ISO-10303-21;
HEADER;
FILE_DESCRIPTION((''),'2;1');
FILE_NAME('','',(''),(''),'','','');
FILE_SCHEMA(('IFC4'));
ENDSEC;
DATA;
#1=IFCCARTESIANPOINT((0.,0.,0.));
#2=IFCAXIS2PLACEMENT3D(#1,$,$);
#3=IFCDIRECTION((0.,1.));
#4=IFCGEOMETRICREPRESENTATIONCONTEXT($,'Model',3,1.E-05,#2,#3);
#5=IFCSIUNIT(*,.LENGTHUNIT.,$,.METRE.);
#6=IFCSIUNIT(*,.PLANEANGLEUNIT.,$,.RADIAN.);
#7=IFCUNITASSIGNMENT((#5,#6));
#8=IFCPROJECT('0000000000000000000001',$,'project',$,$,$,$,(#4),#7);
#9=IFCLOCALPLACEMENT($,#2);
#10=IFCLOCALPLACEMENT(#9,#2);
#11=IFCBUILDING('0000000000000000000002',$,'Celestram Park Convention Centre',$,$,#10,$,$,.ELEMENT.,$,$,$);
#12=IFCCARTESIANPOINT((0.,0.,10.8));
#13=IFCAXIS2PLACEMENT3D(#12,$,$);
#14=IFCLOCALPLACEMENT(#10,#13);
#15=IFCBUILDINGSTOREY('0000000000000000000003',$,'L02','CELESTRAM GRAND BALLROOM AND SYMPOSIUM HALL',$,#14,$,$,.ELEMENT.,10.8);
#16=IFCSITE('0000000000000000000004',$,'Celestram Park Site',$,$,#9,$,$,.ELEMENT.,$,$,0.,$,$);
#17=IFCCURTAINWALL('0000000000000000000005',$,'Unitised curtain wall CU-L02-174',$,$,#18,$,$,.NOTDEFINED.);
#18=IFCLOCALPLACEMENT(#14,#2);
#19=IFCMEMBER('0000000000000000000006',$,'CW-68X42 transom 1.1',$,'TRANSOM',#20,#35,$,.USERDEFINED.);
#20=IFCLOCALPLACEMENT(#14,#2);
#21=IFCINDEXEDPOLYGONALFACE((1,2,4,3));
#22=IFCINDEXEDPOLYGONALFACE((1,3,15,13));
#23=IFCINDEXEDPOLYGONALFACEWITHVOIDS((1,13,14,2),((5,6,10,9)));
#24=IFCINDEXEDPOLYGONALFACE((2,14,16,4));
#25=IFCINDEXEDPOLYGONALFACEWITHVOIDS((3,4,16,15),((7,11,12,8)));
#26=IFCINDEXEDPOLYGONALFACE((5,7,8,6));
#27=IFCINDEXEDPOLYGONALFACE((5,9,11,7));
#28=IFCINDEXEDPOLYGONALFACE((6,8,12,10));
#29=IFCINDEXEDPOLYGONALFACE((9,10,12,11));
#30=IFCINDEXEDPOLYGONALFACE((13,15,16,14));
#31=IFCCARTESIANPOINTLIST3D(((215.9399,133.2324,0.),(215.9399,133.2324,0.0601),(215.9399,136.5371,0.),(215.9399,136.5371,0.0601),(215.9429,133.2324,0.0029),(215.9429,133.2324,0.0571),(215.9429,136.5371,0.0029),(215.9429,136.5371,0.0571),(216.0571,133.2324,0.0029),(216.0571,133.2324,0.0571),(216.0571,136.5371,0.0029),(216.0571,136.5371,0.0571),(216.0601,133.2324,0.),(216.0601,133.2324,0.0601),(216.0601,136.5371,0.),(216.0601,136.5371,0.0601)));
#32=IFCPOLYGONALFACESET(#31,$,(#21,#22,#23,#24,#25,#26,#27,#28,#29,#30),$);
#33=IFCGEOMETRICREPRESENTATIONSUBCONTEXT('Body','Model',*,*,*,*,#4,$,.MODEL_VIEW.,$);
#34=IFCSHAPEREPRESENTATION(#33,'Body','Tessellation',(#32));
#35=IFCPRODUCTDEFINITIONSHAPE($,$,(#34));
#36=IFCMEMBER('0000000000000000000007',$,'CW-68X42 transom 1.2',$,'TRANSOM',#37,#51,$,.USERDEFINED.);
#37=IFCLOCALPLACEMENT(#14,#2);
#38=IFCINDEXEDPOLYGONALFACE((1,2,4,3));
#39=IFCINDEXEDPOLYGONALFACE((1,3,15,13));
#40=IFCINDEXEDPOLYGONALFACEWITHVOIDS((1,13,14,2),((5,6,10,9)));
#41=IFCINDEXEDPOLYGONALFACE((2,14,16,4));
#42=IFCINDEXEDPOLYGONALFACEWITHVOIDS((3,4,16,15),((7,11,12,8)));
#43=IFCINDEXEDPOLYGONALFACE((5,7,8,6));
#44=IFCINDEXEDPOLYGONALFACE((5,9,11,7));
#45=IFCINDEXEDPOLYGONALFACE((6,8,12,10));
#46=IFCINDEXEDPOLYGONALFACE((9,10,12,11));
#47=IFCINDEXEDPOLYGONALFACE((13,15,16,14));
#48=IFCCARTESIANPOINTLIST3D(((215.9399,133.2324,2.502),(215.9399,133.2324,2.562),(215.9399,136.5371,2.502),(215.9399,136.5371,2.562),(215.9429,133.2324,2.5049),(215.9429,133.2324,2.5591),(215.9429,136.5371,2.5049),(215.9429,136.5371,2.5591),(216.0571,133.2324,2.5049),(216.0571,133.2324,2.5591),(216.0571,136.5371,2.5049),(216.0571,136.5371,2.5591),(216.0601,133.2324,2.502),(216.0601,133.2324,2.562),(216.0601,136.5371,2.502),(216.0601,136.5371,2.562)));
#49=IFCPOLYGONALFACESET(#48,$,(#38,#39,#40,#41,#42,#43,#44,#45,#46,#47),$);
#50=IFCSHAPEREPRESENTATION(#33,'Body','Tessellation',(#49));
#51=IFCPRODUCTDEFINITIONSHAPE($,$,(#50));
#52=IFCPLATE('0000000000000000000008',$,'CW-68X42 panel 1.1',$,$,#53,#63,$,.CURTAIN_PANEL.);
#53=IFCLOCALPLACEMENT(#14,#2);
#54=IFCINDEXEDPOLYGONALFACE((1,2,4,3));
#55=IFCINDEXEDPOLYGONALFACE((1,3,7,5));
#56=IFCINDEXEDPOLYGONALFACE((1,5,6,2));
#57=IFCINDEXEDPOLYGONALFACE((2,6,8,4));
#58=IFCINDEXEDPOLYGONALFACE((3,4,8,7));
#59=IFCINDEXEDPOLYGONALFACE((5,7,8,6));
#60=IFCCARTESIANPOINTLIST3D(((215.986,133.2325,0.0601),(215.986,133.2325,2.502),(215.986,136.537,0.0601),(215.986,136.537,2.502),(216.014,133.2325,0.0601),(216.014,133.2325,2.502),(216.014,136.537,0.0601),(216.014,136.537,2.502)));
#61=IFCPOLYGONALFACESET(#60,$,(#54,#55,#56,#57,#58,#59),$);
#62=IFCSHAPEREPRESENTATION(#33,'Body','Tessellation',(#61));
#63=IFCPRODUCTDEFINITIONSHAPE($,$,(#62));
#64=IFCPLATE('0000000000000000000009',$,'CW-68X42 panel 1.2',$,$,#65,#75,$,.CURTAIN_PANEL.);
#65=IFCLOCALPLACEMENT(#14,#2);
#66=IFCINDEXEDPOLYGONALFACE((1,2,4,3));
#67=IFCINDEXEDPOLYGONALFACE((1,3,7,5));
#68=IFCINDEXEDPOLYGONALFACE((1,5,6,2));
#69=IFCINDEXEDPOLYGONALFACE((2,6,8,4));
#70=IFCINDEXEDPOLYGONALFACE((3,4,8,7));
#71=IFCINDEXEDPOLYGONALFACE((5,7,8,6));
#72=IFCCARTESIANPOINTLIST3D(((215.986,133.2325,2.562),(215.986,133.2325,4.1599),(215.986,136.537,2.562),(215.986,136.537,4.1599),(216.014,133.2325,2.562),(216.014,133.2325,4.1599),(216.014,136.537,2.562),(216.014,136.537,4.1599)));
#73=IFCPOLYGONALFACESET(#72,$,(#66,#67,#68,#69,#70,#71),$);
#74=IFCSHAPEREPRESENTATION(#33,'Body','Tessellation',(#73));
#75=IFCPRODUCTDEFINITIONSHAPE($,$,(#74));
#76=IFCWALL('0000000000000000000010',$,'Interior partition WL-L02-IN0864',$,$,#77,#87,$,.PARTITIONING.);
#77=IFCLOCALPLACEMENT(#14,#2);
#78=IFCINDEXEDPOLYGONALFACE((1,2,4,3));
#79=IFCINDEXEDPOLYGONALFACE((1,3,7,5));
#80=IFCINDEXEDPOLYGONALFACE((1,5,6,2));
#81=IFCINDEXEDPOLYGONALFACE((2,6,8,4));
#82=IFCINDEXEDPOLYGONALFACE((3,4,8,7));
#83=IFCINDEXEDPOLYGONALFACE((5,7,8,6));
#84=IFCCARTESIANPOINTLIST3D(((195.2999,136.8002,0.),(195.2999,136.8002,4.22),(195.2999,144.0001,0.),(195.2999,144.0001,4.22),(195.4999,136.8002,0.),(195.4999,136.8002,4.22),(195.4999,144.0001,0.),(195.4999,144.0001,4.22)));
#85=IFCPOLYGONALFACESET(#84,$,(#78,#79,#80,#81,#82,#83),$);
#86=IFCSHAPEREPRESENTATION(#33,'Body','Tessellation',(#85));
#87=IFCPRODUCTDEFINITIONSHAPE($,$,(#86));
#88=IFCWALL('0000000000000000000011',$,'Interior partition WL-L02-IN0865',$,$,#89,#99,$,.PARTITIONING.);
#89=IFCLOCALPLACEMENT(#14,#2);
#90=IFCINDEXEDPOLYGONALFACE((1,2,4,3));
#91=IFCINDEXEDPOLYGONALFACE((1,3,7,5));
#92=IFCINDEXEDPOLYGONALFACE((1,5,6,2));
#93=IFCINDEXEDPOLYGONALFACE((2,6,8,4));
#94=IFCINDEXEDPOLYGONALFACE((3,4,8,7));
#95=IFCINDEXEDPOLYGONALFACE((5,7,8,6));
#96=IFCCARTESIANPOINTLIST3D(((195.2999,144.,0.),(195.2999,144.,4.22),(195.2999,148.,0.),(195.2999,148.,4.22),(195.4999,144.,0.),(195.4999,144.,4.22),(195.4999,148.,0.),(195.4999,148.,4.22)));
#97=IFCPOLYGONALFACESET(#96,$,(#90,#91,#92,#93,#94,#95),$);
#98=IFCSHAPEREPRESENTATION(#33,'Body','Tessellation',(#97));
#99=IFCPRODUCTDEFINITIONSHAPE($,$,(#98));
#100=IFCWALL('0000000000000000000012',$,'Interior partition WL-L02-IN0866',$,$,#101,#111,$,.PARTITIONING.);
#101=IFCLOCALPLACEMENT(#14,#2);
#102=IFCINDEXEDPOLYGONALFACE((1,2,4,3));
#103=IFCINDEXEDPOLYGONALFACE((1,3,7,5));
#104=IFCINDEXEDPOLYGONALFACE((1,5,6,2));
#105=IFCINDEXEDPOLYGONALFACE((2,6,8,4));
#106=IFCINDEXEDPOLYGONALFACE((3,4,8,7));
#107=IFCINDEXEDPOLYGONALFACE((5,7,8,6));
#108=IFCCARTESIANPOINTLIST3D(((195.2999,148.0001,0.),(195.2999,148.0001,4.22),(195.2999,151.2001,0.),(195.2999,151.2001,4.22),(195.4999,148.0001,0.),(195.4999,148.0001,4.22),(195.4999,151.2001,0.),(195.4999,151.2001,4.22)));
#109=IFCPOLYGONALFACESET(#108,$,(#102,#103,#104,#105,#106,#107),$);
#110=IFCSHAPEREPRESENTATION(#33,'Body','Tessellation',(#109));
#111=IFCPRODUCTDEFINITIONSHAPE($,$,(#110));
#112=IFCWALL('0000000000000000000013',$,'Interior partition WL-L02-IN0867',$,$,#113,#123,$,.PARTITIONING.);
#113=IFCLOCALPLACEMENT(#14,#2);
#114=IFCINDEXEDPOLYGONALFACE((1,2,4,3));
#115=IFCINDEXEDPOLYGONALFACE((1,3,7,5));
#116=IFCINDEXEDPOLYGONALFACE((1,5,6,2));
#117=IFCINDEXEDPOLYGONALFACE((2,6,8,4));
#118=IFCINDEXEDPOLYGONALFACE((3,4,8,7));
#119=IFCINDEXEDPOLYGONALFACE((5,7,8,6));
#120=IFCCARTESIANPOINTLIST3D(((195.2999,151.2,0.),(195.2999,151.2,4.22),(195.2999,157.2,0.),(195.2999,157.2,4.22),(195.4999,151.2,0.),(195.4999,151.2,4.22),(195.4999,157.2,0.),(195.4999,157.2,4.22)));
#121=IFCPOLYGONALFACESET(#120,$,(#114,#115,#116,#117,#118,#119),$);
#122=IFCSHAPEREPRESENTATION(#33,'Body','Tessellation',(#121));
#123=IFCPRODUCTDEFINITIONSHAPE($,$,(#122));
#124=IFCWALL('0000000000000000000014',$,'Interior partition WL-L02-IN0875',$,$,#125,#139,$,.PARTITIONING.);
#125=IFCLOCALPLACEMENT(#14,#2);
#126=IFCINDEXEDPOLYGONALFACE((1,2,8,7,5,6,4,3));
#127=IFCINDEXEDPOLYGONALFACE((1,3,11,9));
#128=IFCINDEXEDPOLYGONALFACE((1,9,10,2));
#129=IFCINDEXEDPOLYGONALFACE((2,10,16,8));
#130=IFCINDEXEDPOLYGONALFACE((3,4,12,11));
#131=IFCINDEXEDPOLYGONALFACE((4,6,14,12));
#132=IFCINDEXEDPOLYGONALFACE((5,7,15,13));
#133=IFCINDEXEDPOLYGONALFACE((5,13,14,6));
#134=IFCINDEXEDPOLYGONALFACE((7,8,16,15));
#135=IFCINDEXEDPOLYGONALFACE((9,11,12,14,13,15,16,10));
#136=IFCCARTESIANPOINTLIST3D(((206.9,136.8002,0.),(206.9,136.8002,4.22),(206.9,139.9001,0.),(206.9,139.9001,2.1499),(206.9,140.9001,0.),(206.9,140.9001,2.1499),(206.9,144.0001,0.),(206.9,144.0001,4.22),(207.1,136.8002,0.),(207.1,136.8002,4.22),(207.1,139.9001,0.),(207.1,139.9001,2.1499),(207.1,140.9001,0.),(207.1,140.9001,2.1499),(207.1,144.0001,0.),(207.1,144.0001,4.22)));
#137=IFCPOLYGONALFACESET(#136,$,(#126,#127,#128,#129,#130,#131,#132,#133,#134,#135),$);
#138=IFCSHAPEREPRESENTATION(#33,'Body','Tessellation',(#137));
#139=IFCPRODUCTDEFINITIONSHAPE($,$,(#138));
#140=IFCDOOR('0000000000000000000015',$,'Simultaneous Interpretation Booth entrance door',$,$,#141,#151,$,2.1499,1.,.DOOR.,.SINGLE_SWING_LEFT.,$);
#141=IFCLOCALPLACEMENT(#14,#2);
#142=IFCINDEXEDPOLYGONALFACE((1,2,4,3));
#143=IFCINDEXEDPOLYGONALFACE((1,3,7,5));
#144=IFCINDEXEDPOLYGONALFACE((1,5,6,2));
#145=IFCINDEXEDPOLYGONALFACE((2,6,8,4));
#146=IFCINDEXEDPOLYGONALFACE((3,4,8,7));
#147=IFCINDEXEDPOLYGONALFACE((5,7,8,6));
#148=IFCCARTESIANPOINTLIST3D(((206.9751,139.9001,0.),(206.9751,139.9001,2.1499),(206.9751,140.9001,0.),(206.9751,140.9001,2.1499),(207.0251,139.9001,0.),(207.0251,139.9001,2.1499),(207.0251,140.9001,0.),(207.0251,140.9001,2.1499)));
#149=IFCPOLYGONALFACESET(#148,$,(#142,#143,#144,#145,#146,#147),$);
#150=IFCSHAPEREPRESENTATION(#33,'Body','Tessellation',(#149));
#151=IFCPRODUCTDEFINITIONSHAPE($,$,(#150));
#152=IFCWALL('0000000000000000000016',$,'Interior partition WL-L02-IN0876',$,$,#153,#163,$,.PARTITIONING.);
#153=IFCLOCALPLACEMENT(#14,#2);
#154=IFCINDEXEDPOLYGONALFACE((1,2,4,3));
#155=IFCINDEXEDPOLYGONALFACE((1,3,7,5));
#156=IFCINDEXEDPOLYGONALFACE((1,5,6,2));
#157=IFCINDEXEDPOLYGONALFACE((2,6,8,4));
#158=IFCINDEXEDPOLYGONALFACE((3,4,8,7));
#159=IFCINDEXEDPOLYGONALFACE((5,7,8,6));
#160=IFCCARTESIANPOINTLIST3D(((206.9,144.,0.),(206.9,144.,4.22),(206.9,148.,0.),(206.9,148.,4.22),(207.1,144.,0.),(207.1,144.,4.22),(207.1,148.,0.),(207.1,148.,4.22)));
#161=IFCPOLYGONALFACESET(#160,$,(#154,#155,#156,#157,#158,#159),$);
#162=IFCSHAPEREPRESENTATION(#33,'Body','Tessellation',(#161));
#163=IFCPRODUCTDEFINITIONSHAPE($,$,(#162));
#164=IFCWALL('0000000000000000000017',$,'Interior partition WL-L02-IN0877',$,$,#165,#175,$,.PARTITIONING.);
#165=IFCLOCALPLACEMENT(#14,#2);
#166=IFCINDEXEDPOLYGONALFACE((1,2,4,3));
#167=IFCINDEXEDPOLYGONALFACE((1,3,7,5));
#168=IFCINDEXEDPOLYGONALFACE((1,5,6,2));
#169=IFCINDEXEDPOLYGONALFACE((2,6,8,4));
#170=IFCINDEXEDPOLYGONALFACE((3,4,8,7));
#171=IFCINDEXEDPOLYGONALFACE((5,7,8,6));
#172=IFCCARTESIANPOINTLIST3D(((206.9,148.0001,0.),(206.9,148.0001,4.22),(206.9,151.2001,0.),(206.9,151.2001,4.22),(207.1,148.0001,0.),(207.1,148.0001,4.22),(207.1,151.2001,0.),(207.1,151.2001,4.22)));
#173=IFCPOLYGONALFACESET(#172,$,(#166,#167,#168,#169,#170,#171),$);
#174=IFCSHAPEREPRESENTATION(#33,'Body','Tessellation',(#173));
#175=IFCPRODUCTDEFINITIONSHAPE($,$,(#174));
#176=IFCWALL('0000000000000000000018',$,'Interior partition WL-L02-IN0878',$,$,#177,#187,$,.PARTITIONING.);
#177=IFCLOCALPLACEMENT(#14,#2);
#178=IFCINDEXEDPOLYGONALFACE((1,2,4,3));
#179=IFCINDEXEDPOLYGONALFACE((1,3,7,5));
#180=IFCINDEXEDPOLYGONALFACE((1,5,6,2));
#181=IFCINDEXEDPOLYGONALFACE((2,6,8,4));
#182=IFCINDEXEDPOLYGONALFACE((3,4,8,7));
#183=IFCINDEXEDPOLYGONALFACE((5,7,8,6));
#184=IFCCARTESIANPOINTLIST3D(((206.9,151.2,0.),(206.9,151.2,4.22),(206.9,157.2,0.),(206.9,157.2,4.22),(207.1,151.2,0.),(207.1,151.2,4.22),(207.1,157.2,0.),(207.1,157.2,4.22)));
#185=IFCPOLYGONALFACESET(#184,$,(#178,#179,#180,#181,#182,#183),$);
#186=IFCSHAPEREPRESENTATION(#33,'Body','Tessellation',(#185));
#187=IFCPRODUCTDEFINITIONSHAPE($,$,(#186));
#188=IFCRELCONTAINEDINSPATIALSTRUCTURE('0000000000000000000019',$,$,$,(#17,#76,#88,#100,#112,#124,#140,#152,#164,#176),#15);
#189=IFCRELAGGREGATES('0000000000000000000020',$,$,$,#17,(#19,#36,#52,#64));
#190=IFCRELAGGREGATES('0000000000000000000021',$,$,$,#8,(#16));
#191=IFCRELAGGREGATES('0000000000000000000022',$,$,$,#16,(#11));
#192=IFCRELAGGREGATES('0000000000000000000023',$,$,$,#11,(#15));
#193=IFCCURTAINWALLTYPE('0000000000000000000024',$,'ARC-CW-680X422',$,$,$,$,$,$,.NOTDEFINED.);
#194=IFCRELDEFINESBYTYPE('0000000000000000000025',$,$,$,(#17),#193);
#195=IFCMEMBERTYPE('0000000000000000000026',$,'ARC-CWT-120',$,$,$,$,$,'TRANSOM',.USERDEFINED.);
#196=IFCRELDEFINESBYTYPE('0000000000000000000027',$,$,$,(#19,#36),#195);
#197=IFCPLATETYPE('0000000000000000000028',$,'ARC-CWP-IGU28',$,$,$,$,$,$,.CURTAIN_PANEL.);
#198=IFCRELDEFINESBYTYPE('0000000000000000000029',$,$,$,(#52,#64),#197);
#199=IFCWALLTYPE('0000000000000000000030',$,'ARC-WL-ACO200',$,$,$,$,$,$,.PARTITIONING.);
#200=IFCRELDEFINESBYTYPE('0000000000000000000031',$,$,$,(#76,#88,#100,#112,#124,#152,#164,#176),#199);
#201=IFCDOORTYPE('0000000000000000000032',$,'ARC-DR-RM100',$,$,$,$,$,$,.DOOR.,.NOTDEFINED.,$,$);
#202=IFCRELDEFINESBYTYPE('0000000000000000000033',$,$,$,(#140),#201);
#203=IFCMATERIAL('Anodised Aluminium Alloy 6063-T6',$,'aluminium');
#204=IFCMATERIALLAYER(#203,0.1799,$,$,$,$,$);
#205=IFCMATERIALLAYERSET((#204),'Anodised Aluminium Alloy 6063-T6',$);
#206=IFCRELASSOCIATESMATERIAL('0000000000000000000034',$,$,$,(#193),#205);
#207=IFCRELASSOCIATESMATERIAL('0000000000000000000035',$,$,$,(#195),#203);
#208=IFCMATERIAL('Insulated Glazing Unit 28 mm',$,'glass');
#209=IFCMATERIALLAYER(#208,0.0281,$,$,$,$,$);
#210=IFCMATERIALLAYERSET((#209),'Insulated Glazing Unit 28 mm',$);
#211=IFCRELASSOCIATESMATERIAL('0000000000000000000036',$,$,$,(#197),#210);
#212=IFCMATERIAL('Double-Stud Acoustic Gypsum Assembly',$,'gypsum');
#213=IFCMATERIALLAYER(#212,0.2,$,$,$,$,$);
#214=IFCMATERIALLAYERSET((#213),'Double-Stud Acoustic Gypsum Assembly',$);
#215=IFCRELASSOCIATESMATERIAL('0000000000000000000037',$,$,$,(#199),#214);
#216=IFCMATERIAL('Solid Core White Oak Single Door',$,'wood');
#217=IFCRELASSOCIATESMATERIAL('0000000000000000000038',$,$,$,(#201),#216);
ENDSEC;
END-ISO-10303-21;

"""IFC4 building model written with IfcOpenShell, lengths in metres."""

from ifc_helpers import new_model, si_unit, direction, frame, frame_2d, origin, origin_2d, place, context, subcontext, project, spatial, rectangle, hollow_rectangle, extrude, material, layer, layer_set, material_profile, profile_set, type_object, element, fill, aggregate, save


model = new_model("IFC4")

# Units and contexts
model_context = context("Model", 3, precision=1e-05, world=origin(), true_north=direction((0.0, 1.0)))
body_context = subcontext(model_context, "Body", "Model", "MODEL_VIEW")
ifc_project = project(units=[si_unit("LENGTHUNIT", "METRE"), si_unit("PLANEANGLEUNIT", "RADIAN")], contexts=[model_context])

# Site, building, storey
site_placement = place(None, origin())
site = spatial("IfcSite", under=ifc_project, at=site_placement, Name="Celestram Park Site", CompositionType="ELEMENT", RefElevation=0.0)
building_placement = place(site_placement, origin())
building = spatial("IfcBuilding", under=site, at=building_placement, Name="Celestram Park Convention Centre", CompositionType="ELEMENT")
storey_placement = place(building_placement, frame((0.0, 0.0, 10.8)))
storey = spatial("IfcBuildingStorey", under=building, at=storey_placement, Name="L02", Description="CELESTRAM GRAND BALLROOM AND SYMPOSIUM HALL", CompositionType="ELEMENT", Elevation=10.8)

# Curtain wall, members, plates
ifc_material_1 = material(Name="Anodised Aluminium Alloy 6063-T6", Category="aluminium")
ifc_layer_1 = layer(ifc_material_1, 0.1799)
ifc_layer_set_1 = layer_set([ifc_layer_1], Name="Anodised Aluminium Alloy 6063-T6")
curtain_wall_type = type_object("IfcCurtainWallType", Name="ARC-CW-680X422", PredefinedType="NOTDEFINED", material=ifc_layer_set_1)
curtain_wall_placement = place(storey_placement, origin())
curtain_wall = element("IfcCurtainWall", 1, at=curtain_wall_placement, inside=storey, type_object=curtain_wall_type, Name="Unitised curtain wall CU-L02-174", PredefinedType="NOTDEFINED")
ifc_material_profile = material_profile(ifc_material_1, hollow_rectangle(XDim=0.1201, YDim=0.0601, WallThickness=0.0029, at=origin_2d()), Name="ALU120X60X3")
ifc_profile_set = profile_set([ifc_material_profile], Name="Anodised Aluminium Alloy 6063-T6")
member_type = type_object("IfcMemberType", Name="ARC-CWT-120", ElementType="TRANSOM", PredefinedType="USERDEFINED", material=ifc_profile_set)
member_1_placement = place(storey_placement, frame((216.0, 136.5371, 0.03), z_axis=(0.0, -1.0, 0.0), x_axis=(1.0, 0.0, 0.0)))
member_1 = element("IfcMember", 2, at=member_1_placement, type_object=member_type, Name="CW-68X42 transom 1.1", ObjectType="TRANSOM", PredefinedType="USERDEFINED", context=body_context, shape_type="SweptSolid", body=[
    extrude(hollow_rectangle(XDim=0.1201, YDim=0.0601, WallThickness=0.0029, at=origin_2d()), origin(), (0.0, 0.0, 1.0), 3.3047),
])
member_2_placement = place(storey_placement, frame((216.0, 136.5371, 2.532), z_axis=(0.0, -1.0, 0.0), x_axis=(1.0, 0.0, 0.0)))
member_2 = element("IfcMember", 3, at=member_2_placement, type_object=member_type, Name="CW-68X42 transom 1.2", ObjectType="TRANSOM", PredefinedType="USERDEFINED", context=body_context, shape_type="SweptSolid", body=[
    extrude(hollow_rectangle(XDim=0.1201, YDim=0.0601, WallThickness=0.0029, at=origin_2d()), origin(), (0.0, 0.0, 1.0), 3.3047),
])
ifc_material_2 = material(Name="Insulated Glazing Unit 28 mm", Category="glass")
ifc_layer_2 = layer(ifc_material_2, 0.0281)
ifc_layer_set_2 = layer_set([ifc_layer_2], Name="Insulated Glazing Unit 28 mm")
plate_type = type_object("IfcPlateType", Name="ARC-CWP-IGU28", PredefinedType="CURTAIN_PANEL", material=ifc_layer_set_2)
plate_1_placement = place(storey_placement, frame((216.0, 134.8848, 0.0601), z_axis=(0.0, 0.0, 1.0), x_axis=(0.0, -1.0, 0.0)))
plate_1 = element("IfcPlate", 4, at=plate_1_placement, type_object=plate_type, Name="CW-68X42 panel 1.1", PredefinedType="CURTAIN_PANEL", context=body_context, shape_type="SweptSolid", body=[
    extrude(rectangle(XDim=3.3044, YDim=0.0281, at=origin_2d()), origin(), (0.0, 0.0, 1.0), 2.4419),
])
plate_2_placement = place(storey_placement, frame((216.0, 134.8848, 2.562), z_axis=(0.0, 0.0, 1.0), x_axis=(0.0, -1.0, 0.0)))
plate_2 = element("IfcPlate", 5, at=plate_2_placement, type_object=plate_type, Name="CW-68X42 panel 1.2", PredefinedType="CURTAIN_PANEL", context=body_context, shape_type="SweptSolid", body=[
    extrude(rectangle(XDim=3.3044, YDim=0.0281, at=origin_2d()), origin(), (0.0, 0.0, 1.0), 1.5979),
])
aggregate(curtain_wall, [member_1, member_2, plate_1, plate_2])

# Walls
ifc_material_3 = material(Name="Double-Stud Acoustic Gypsum Assembly", Category="gypsum")
ifc_layer_3 = layer(ifc_material_3, 0.2)
ifc_layer_set_3 = layer_set([ifc_layer_3], Name="Double-Stud Acoustic Gypsum Assembly")
wall_type_1 = type_object("IfcWallType", Name="ARC-WL-ACO200", PredefinedType="PARTITIONING", material=ifc_layer_set_3)
wall_1_placement = place(storey_placement, frame((195.3999, 136.8, 0.0), z_axis=(0.0, 0.0, 1.0), x_axis=(0.0, 1.0, 0.0)))
element("IfcWall", 6, at=wall_1_placement, inside=storey, type_object=wall_type_1, Name="Interior partition WL-L02-IN0864", PredefinedType="PARTITIONING", context=body_context, shape_type="SweptSolid", body=[
    extrude(rectangle(XDim=7.2, YDim=0.2, at=frame_2d((3.6001, 0.0))), origin(), (0.0, 0.0, 1.0), 4.22),
])
wall_2_placement = place(storey_placement, frame((195.3999, 144.0, 0.0), z_axis=(0.0, 0.0, 1.0), x_axis=(0.0, 1.0, 0.0)))
element("IfcWall", 7, at=wall_2_placement, inside=storey, type_object=wall_type_1, Name="Interior partition WL-L02-IN0865", PredefinedType="PARTITIONING", context=body_context, shape_type="SweptSolid", body=[
    extrude(rectangle(XDim=4.0, YDim=0.2, at=frame_2d((2.0, 0.0))), origin(), (0.0, 0.0, 1.0), 4.22),
])
wall_3_placement = place(storey_placement, frame((195.3999, 148.0, 0.0), z_axis=(0.0, 0.0, 1.0), x_axis=(0.0, 1.0, 0.0)))
element("IfcWall", 8, at=wall_3_placement, inside=storey, type_object=wall_type_1, Name="Interior partition WL-L02-IN0866", PredefinedType="PARTITIONING", context=body_context, shape_type="SweptSolid", body=[
    extrude(rectangle(XDim=3.2, YDim=0.2, at=frame_2d((1.6001, 0.0))), origin(), (0.0, 0.0, 1.0), 4.22),
])
wall_4_placement = place(storey_placement, frame((195.3999, 151.2, 0.0), z_axis=(0.0, 0.0, 1.0), x_axis=(0.0, 1.0, 0.0)))
element("IfcWall", 9, at=wall_4_placement, inside=storey, type_object=wall_type_1, Name="Interior partition WL-L02-IN0867", PredefinedType="PARTITIONING", context=body_context, shape_type="SweptSolid", body=[
    extrude(rectangle(XDim=6.0, YDim=0.2, at=frame_2d((3.0, 0.0))), origin(), (0.0, 0.0, 1.0), 4.22),
])

# Wall, opening, door
wall_5_placement = place(storey_placement, frame((207.0, 136.8, 0.0), z_axis=(0.0, 0.0, 1.0), x_axis=(0.0, 1.0, 0.0)))
wall_5 = element("IfcWall", 10, at=wall_5_placement, inside=storey, type_object=wall_type_1, Name="Interior partition WL-L02-IN0875", PredefinedType="PARTITIONING", context=body_context, shape_type="SweptSolid", body=[
    extrude(rectangle(XDim=7.2, YDim=0.2, at=frame_2d((3.6001, 0.0))), origin(), (0.0, 0.0, 1.0), 4.22),
])
opening_1_placement = place(wall_5_placement, frame((3.1001, 0.0, 0.0)))
opening_1 = element("IfcOpeningElement", 11, at=opening_1_placement, cuts=wall_5, PredefinedType="OPENING", context=body_context, shape_type="SweptSolid", body=[
    extrude(rectangle(XDim=1.0, YDim=2.1499, at=frame_2d((0.5, 1.075))), frame((0.0, 0.1099, 0.0), z_axis=(0.0, -1.0, 0.0), x_axis=(1.0, 0.0, 0.0)), (0.0, 0.0, 1.0), 0.22),
])
ifc_material_4 = material(Name="Solid Core White Oak Single Door", Category="wood")
door_type_1 = type_object("IfcDoorType", Name="ARC-DR-RM100", OperationType="NOTDEFINED", PredefinedType="DOOR", material=ifc_material_4)
door_1_placement = place(opening_1_placement, origin())
door_1 = element("IfcDoor", 12, at=door_1_placement, inside=storey, type_object=door_type_1, Name="Simultaneous Interpretation Booth entrance door", OperationType="SINGLE_SWING_LEFT", OverallHeight=2.1499, OverallWidth=1.0, PredefinedType="DOOR", context=body_context, shape_type="SweptSolid", body=[
    extrude(rectangle(XDim=1.0, YDim=2.1499, at=frame_2d((0.5, 1.075))), frame((0.0, 0.0249, 0.0), z_axis=(0.0, -1.0, 0.0), x_axis=(1.0, 0.0, 0.0)), (0.0, 0.0, 1.0), 0.05),
])
fill(opening_1, door_1)

# Walls
wall_6_placement = place(storey_placement, frame((207.0, 144.0, 0.0), z_axis=(0.0, 0.0, 1.0), x_axis=(0.0, 1.0, 0.0)))
element("IfcWall", 13, at=wall_6_placement, inside=storey, type_object=wall_type_1, Name="Interior partition WL-L02-IN0876", PredefinedType="PARTITIONING", context=body_context, shape_type="SweptSolid", body=[
    extrude(rectangle(XDim=4.0, YDim=0.2, at=frame_2d((2.0, 0.0))), origin(), (0.0, 0.0, 1.0), 4.22),
])
wall_7_placement = place(storey_placement, frame((207.0, 148.0, 0.0), z_axis=(0.0, 0.0, 1.0), x_axis=(0.0, 1.0, 0.0)))
element("IfcWall", 14, at=wall_7_placement, inside=storey, type_object=wall_type_1, Name="Interior partition WL-L02-IN0877", PredefinedType="PARTITIONING", context=body_context, shape_type="SweptSolid", body=[
    extrude(rectangle(XDim=3.2, YDim=0.2, at=frame_2d((1.6001, 0.0))), origin(), (0.0, 0.0, 1.0), 4.22),
])
wall_8_placement = place(storey_placement, frame((207.0, 151.2, 0.0), z_axis=(0.0, 0.0, 1.0), x_axis=(0.0, 1.0, 0.0)))
element("IfcWall", 15, at=wall_8_placement, inside=storey, type_object=wall_type_1, Name="Interior partition WL-L02-IN0878", PredefinedType="PARTITIONING", context=body_context, shape_type="SweptSolid", body=[
    extrude(rectangle(XDim=6.0, YDim=0.2, at=frame_2d((3.0, 0.0))), origin(), (0.0, 0.0, 1.0), 4.22),
])

save(model, "model.ifc")
